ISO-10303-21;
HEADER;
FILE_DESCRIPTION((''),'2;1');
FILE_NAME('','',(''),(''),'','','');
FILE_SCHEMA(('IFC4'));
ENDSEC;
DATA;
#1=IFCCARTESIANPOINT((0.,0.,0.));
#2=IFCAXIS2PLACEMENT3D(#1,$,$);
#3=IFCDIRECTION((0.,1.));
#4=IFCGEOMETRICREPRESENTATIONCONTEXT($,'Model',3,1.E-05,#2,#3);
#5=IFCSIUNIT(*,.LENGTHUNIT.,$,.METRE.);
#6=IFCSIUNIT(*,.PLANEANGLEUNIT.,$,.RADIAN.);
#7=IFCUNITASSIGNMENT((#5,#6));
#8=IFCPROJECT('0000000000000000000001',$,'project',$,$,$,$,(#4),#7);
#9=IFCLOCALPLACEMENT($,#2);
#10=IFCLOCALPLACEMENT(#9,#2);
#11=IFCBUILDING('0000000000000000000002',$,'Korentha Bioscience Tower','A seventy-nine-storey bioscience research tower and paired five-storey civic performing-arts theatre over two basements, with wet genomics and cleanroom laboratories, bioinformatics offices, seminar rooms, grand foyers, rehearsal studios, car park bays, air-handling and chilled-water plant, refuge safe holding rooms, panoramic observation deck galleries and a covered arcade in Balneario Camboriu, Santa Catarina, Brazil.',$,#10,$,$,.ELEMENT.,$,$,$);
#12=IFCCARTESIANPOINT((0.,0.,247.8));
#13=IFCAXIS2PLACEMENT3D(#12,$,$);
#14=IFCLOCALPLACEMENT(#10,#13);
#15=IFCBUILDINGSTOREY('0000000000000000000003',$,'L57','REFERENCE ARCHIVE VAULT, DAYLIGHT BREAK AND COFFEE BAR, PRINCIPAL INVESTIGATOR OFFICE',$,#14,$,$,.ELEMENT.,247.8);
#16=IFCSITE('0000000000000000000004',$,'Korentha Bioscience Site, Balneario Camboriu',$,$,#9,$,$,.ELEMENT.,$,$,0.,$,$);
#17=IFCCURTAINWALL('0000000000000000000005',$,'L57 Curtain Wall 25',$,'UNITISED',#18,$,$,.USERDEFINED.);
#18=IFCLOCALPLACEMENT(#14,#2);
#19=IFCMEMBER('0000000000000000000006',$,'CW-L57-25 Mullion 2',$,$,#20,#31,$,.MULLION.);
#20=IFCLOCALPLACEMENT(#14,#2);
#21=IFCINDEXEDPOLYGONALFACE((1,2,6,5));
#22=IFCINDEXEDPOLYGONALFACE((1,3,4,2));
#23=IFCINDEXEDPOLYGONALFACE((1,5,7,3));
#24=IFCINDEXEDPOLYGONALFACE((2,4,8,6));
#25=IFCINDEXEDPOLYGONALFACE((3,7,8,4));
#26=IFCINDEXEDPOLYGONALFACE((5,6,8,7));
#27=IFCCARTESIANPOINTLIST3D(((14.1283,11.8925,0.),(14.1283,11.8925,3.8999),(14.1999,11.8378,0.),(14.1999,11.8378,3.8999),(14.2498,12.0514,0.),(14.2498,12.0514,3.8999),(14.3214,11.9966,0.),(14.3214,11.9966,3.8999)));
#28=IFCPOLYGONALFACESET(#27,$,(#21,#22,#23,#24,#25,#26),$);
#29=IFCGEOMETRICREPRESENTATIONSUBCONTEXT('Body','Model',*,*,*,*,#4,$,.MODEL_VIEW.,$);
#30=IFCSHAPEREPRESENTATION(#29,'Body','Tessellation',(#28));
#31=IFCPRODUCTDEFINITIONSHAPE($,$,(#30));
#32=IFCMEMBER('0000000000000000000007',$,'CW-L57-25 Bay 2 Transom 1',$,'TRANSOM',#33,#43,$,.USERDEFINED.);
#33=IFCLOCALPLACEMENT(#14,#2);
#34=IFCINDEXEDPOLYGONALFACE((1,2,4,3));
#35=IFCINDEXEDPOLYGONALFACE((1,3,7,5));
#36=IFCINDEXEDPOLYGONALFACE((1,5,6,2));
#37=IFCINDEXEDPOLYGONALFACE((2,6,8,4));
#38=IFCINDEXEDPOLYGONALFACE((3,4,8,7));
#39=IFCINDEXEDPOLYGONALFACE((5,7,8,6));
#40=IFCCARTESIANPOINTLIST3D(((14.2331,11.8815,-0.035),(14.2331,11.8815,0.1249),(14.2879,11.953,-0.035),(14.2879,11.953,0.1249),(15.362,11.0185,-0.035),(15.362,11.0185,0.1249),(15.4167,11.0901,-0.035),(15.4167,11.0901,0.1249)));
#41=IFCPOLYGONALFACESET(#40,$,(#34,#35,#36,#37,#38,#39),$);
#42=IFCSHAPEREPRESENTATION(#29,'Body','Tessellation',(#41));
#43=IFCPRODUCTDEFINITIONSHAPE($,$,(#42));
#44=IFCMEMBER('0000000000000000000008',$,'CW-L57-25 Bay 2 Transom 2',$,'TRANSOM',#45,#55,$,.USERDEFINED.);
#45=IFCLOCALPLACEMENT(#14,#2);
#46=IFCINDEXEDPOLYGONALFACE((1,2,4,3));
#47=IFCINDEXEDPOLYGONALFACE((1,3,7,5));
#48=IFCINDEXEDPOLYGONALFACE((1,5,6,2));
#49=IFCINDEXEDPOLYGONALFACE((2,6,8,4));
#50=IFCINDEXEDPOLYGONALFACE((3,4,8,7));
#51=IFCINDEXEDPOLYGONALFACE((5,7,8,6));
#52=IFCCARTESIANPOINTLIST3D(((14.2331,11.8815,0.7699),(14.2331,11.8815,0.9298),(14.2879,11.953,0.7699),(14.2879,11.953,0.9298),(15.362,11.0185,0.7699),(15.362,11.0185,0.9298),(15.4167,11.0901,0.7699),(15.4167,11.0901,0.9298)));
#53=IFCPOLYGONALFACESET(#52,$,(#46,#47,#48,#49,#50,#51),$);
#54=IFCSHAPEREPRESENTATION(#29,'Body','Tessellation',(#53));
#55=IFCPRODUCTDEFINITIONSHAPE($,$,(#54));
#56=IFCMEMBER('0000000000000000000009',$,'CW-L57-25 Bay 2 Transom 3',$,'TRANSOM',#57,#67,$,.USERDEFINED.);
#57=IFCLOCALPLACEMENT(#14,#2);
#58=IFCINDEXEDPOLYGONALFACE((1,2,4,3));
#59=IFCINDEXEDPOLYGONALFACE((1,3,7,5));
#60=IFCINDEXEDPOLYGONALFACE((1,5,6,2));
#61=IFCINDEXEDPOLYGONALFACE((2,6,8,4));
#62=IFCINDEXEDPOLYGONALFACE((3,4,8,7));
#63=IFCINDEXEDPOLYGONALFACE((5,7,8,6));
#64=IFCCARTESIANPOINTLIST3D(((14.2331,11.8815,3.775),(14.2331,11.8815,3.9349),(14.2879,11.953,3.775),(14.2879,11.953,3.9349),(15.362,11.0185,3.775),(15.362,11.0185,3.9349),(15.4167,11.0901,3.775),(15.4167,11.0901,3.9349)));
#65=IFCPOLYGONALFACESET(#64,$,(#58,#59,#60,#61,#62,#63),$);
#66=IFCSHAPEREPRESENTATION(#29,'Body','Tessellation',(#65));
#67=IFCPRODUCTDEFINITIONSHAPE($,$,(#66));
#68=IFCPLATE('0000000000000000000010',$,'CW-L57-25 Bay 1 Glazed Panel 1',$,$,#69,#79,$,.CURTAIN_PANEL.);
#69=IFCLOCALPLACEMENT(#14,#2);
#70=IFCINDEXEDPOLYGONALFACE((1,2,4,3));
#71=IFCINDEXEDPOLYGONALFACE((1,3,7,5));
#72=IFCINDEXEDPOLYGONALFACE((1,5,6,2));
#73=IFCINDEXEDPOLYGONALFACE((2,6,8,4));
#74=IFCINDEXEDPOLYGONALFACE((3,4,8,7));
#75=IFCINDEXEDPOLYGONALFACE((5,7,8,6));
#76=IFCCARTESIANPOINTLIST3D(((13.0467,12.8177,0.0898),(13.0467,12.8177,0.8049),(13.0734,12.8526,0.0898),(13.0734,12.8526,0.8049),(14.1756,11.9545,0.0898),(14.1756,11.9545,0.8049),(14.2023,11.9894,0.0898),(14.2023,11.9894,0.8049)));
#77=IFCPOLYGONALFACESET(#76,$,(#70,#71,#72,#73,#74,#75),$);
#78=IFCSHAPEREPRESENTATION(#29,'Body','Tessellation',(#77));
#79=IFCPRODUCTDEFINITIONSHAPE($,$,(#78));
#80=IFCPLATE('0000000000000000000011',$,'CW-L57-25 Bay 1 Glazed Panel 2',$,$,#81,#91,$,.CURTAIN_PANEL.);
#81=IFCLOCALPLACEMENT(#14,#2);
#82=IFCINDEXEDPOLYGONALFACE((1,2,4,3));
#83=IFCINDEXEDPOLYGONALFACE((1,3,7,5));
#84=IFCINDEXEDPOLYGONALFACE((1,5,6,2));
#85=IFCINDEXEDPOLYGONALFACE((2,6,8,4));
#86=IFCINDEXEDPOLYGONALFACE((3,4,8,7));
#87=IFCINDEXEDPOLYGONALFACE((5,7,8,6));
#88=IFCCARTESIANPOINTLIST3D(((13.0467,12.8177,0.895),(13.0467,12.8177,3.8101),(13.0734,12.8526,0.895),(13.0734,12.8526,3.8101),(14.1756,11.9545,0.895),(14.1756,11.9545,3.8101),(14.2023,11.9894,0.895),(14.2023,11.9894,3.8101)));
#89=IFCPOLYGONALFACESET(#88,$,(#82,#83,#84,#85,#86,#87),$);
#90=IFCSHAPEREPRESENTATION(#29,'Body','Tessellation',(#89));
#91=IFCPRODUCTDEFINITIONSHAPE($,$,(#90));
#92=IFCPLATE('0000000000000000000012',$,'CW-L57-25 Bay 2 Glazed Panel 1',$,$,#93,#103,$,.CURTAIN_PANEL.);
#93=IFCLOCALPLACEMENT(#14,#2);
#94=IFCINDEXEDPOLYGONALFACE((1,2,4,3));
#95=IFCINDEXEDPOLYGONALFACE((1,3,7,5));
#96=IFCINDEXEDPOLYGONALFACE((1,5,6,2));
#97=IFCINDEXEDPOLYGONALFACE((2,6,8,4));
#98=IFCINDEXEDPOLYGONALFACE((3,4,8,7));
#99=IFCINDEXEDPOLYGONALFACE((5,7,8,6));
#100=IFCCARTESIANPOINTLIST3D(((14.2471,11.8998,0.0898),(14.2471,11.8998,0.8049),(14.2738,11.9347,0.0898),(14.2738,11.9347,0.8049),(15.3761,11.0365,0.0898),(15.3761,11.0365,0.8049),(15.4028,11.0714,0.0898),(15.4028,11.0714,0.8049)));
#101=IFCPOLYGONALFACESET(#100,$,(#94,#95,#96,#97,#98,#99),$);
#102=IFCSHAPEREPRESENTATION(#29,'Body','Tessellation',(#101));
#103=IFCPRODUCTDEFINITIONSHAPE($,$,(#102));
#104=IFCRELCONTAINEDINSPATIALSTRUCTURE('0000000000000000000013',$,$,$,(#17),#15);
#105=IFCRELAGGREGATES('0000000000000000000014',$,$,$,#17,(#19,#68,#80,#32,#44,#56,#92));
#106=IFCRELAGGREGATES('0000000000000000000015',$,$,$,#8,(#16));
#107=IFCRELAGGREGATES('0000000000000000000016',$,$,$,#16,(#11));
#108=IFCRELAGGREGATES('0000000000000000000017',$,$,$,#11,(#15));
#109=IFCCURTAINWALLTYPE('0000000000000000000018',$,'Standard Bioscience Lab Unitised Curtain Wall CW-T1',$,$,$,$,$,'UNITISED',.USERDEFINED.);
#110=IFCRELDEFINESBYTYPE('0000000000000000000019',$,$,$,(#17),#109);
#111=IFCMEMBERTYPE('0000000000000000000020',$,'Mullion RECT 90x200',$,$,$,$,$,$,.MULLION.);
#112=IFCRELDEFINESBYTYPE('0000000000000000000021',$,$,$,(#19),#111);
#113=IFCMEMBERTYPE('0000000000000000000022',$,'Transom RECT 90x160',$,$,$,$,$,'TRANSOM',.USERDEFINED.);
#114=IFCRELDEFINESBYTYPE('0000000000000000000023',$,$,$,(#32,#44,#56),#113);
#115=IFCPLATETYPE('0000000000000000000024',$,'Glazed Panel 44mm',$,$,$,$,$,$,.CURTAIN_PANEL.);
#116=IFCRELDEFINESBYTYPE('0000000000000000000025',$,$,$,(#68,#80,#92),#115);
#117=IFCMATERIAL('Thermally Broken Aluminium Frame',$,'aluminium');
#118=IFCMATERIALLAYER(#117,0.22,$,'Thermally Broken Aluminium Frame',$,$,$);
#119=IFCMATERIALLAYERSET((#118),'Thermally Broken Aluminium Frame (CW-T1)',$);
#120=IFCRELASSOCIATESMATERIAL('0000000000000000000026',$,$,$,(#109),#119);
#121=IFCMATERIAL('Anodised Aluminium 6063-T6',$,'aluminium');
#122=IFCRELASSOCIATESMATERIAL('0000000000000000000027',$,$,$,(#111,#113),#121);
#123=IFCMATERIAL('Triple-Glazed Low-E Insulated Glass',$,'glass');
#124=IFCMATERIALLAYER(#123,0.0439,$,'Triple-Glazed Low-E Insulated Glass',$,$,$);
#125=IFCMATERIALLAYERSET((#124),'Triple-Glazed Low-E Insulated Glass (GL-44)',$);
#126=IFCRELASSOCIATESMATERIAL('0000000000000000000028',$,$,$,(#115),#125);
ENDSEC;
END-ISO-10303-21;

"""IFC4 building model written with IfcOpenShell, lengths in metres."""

from ifc_helpers import new_model, si_unit, direction, frame, origin, origin_2d, place, context, subcontext, project, spatial, rectangle, extrude, material, layer, layer_set, material_profile, profile_set, type_object, element, aggregate, save


model = new_model("IFC4")

# Units and contexts
model_context = context("Model", 3, precision=1e-05, world=origin(), true_north=direction((0.0, 1.0)))
body_context = subcontext(model_context, "Body", "Model", "MODEL_VIEW")
ifc_project = project(units=[si_unit("LENGTHUNIT", "METRE"), si_unit("PLANEANGLEUNIT", "RADIAN")], contexts=[model_context])

# Site, building, storey
site_placement = place(None, origin())
site = spatial("IfcSite", under=ifc_project, at=site_placement, Name="Korentha Bioscience Site, Balneario Camboriu", CompositionType="ELEMENT", RefElevation=0.0)
building_placement = place(site_placement, origin())
building = spatial("IfcBuilding", under=site, at=building_placement, Name="Korentha Bioscience Tower", Description="A seventy-nine-storey bioscience research tower and paired five-storey civic performing-arts theatre over two basements, with wet genomics and cleanroom laboratories, bioinformatics offices, seminar rooms, grand foyers, rehearsal studios, car park bays, air-handling and chilled-water plant, refuge safe holding rooms, panoramic observation deck galleries and a covered arcade in Balneario Camboriu, Santa Catarina, Brazil.", CompositionType="ELEMENT")
storey_placement = place(building_placement, frame((0.0, 0.0, 247.8)))
storey = spatial("IfcBuildingStorey", under=building, at=storey_placement, Name="L57", Description="REFERENCE ARCHIVE VAULT, DAYLIGHT BREAK AND COFFEE BAR, PRINCIPAL INVESTIGATOR OFFICE", CompositionType="ELEMENT", Elevation=247.8)

# Curtain wall, members, plates
ifc_material_1 = material(Name="Thermally Broken Aluminium Frame", Category="aluminium")
ifc_layer_1 = layer(ifc_material_1, 0.22, Name="Thermally Broken Aluminium Frame")
ifc_layer_set_1 = layer_set([ifc_layer_1], Name="Thermally Broken Aluminium Frame (CW-T1)")
curtain_wall_type = type_object("IfcCurtainWallType", Name="Standard Bioscience Lab Unitised Curtain Wall CW-T1", ElementType="UNITISED", PredefinedType="USERDEFINED", material=ifc_layer_set_1)
curtain_wall_placement = place(storey_placement, origin())
curtain_wall = element("IfcCurtainWall", 1, at=curtain_wall_placement, inside=storey, type_object=curtain_wall_type, Name="L57 Curtain Wall 25", ObjectType="UNITISED", PredefinedType="USERDEFINED")
ifc_material_2 = material(Name="Anodised Aluminium 6063-T6", Category="aluminium")
ifc_material_profile_1 = material_profile(ifc_material_2, rectangle(XDim=0.0901, YDim=0.2, at=origin_2d()), Name="Anodised Aluminium 6063-T6")
ifc_profile_set_1 = profile_set([ifc_material_profile_1], Name="Anodised Aluminium 6063-T6 (CW-MUL)")
member_type_1 = type_object("IfcMemberType", Name="Mullion RECT 90x200", PredefinedType="MULLION", material=ifc_profile_set_1)
member_1_placement = place(storey_placement, frame((14.2249, 11.9446, 0.0), z_axis=(0.0, 0.0, 1.0), x_axis=(0.794382, -0.607418, 0.0)))
member_1 = element("IfcMember", 2, at=member_1_placement, type_object=member_type_1, Name="CW-L57-25 Mullion 2", PredefinedType="MULLION", context=body_context, shape_type="SweptSolid", body=[
    extrude(rectangle(XDim=0.0901, YDim=0.2, at=origin_2d()), origin(), (0.0, 0.0, 1.0), 3.8999),
])
ifc_material_profile_2 = material_profile(ifc_material_2, rectangle(XDim=0.0901, YDim=0.1599, at=origin_2d()), Name="Anodised Aluminium 6063-T6")
ifc_profile_set_2 = profile_set([ifc_material_profile_2], Name="Anodised Aluminium 6063-T6 (CW-TRN)")
member_type_2 = type_object("IfcMemberType", Name="Transom RECT 90x160", ElementType="TRANSOM", PredefinedType="USERDEFINED", material=ifc_profile_set_2)
member_2_placement = place(storey_placement, frame((14.2605, 11.9172, 0.0449), z_axis=(0.794441, -0.607342, 0.0), x_axis=(0.607342, 0.794441, 0.0)))
member_2 = element("IfcMember", 3, at=member_2_placement, type_object=member_type_2, Name="CW-L57-25 Bay 2 Transom 1", ObjectType="TRANSOM", PredefinedType="USERDEFINED", context=body_context, shape_type="SweptSolid", body=[
    extrude(rectangle(XDim=0.0901, YDim=0.1599, at=origin_2d()), origin(), (0.0, 0.0, 1.0), 1.4209),
])
member_3_placement = place(storey_placement, frame((14.2605, 11.9172, 0.8499), z_axis=(0.794441, -0.607342, 0.0), x_axis=(0.607342, 0.794441, 0.0)))
member_3 = element("IfcMember", 4, at=member_3_placement, type_object=member_type_2, Name="CW-L57-25 Bay 2 Transom 2", ObjectType="TRANSOM", PredefinedType="USERDEFINED", context=body_context, shape_type="SweptSolid", body=[
    extrude(rectangle(XDim=0.0901, YDim=0.1599, at=origin_2d()), origin(), (0.0, 0.0, 1.0), 1.4209),
])
member_4_placement = place(storey_placement, frame((14.2605, 11.9172, 3.855), z_axis=(0.794441, -0.607342, 0.0), x_axis=(0.607342, 0.794441, 0.0)))
member_4 = element("IfcMember", 5, at=member_4_placement, type_object=member_type_2, Name="CW-L57-25 Bay 2 Transom 3", ObjectType="TRANSOM", PredefinedType="USERDEFINED", context=body_context, shape_type="SweptSolid", body=[
    extrude(rectangle(XDim=0.0901, YDim=0.1599, at=origin_2d()), origin(), (0.0, 0.0, 1.0), 1.4209),
])
ifc_material_3 = material(Name="Triple-Glazed Low-E Insulated Glass", Category="glass")
ifc_layer_2 = layer(ifc_material_3, 0.0439, Name="Triple-Glazed Low-E Insulated Glass")
ifc_layer_set_2 = layer_set([ifc_layer_2], Name="Triple-Glazed Low-E Insulated Glass (GL-44)")
plate_type = type_object("IfcPlateType", Name="Glazed Panel 44mm", PredefinedType="CURTAIN_PANEL", material=ifc_layer_set_2)
plate_1_placement = place(storey_placement, frame((13.6245, 12.4036, 0.0898), z_axis=(0.0, 0.0, 1.0), x_axis=(0.794382, -0.607418, 0.0)))
plate_1 = element("IfcPlate", 6, at=plate_1_placement, type_object=plate_type, Name="CW-L57-25 Bay 1 Glazed Panel 1", PredefinedType="CURTAIN_PANEL", context=body_context, shape_type="SweptSolid", body=[
    extrude(rectangle(XDim=1.4211, YDim=0.0439, at=origin_2d()), origin(), (0.0, 0.0, 1.0), 0.7151),
])
plate_2_placement = place(storey_placement, frame((13.6245, 12.4036, 0.895), z_axis=(0.0, 0.0, 1.0), x_axis=(0.794382, -0.607418, 0.0)))
plate_2 = element("IfcPlate", 7, at=plate_2_placement, type_object=plate_type, Name="CW-L57-25 Bay 1 Glazed Panel 2", PredefinedType="CURTAIN_PANEL", context=body_context, shape_type="SweptSolid", body=[
    extrude(rectangle(XDim=1.4211, YDim=0.0439, at=origin_2d()), origin(), (0.0, 0.0, 1.0), 2.915),
])
plate_3_placement = place(storey_placement, frame((14.825, 11.4856, 0.0898), z_axis=(0.0, 0.0, 1.0), x_axis=(0.794382, -0.607418, 0.0)))
plate_3 = element("IfcPlate", 8, at=plate_3_placement, type_object=plate_type, Name="CW-L57-25 Bay 2 Glazed Panel 1", PredefinedType="CURTAIN_PANEL", context=body_context, shape_type="SweptSolid", body=[
    extrude(rectangle(XDim=1.4211, YDim=0.0439, at=origin_2d()), origin(), (0.0, 0.0, 1.0), 0.7151),
])
aggregate(curtain_wall, [member_1, plate_1, plate_2, member_2, member_3, member_4, plate_3])

save(model, "model.ifc")
